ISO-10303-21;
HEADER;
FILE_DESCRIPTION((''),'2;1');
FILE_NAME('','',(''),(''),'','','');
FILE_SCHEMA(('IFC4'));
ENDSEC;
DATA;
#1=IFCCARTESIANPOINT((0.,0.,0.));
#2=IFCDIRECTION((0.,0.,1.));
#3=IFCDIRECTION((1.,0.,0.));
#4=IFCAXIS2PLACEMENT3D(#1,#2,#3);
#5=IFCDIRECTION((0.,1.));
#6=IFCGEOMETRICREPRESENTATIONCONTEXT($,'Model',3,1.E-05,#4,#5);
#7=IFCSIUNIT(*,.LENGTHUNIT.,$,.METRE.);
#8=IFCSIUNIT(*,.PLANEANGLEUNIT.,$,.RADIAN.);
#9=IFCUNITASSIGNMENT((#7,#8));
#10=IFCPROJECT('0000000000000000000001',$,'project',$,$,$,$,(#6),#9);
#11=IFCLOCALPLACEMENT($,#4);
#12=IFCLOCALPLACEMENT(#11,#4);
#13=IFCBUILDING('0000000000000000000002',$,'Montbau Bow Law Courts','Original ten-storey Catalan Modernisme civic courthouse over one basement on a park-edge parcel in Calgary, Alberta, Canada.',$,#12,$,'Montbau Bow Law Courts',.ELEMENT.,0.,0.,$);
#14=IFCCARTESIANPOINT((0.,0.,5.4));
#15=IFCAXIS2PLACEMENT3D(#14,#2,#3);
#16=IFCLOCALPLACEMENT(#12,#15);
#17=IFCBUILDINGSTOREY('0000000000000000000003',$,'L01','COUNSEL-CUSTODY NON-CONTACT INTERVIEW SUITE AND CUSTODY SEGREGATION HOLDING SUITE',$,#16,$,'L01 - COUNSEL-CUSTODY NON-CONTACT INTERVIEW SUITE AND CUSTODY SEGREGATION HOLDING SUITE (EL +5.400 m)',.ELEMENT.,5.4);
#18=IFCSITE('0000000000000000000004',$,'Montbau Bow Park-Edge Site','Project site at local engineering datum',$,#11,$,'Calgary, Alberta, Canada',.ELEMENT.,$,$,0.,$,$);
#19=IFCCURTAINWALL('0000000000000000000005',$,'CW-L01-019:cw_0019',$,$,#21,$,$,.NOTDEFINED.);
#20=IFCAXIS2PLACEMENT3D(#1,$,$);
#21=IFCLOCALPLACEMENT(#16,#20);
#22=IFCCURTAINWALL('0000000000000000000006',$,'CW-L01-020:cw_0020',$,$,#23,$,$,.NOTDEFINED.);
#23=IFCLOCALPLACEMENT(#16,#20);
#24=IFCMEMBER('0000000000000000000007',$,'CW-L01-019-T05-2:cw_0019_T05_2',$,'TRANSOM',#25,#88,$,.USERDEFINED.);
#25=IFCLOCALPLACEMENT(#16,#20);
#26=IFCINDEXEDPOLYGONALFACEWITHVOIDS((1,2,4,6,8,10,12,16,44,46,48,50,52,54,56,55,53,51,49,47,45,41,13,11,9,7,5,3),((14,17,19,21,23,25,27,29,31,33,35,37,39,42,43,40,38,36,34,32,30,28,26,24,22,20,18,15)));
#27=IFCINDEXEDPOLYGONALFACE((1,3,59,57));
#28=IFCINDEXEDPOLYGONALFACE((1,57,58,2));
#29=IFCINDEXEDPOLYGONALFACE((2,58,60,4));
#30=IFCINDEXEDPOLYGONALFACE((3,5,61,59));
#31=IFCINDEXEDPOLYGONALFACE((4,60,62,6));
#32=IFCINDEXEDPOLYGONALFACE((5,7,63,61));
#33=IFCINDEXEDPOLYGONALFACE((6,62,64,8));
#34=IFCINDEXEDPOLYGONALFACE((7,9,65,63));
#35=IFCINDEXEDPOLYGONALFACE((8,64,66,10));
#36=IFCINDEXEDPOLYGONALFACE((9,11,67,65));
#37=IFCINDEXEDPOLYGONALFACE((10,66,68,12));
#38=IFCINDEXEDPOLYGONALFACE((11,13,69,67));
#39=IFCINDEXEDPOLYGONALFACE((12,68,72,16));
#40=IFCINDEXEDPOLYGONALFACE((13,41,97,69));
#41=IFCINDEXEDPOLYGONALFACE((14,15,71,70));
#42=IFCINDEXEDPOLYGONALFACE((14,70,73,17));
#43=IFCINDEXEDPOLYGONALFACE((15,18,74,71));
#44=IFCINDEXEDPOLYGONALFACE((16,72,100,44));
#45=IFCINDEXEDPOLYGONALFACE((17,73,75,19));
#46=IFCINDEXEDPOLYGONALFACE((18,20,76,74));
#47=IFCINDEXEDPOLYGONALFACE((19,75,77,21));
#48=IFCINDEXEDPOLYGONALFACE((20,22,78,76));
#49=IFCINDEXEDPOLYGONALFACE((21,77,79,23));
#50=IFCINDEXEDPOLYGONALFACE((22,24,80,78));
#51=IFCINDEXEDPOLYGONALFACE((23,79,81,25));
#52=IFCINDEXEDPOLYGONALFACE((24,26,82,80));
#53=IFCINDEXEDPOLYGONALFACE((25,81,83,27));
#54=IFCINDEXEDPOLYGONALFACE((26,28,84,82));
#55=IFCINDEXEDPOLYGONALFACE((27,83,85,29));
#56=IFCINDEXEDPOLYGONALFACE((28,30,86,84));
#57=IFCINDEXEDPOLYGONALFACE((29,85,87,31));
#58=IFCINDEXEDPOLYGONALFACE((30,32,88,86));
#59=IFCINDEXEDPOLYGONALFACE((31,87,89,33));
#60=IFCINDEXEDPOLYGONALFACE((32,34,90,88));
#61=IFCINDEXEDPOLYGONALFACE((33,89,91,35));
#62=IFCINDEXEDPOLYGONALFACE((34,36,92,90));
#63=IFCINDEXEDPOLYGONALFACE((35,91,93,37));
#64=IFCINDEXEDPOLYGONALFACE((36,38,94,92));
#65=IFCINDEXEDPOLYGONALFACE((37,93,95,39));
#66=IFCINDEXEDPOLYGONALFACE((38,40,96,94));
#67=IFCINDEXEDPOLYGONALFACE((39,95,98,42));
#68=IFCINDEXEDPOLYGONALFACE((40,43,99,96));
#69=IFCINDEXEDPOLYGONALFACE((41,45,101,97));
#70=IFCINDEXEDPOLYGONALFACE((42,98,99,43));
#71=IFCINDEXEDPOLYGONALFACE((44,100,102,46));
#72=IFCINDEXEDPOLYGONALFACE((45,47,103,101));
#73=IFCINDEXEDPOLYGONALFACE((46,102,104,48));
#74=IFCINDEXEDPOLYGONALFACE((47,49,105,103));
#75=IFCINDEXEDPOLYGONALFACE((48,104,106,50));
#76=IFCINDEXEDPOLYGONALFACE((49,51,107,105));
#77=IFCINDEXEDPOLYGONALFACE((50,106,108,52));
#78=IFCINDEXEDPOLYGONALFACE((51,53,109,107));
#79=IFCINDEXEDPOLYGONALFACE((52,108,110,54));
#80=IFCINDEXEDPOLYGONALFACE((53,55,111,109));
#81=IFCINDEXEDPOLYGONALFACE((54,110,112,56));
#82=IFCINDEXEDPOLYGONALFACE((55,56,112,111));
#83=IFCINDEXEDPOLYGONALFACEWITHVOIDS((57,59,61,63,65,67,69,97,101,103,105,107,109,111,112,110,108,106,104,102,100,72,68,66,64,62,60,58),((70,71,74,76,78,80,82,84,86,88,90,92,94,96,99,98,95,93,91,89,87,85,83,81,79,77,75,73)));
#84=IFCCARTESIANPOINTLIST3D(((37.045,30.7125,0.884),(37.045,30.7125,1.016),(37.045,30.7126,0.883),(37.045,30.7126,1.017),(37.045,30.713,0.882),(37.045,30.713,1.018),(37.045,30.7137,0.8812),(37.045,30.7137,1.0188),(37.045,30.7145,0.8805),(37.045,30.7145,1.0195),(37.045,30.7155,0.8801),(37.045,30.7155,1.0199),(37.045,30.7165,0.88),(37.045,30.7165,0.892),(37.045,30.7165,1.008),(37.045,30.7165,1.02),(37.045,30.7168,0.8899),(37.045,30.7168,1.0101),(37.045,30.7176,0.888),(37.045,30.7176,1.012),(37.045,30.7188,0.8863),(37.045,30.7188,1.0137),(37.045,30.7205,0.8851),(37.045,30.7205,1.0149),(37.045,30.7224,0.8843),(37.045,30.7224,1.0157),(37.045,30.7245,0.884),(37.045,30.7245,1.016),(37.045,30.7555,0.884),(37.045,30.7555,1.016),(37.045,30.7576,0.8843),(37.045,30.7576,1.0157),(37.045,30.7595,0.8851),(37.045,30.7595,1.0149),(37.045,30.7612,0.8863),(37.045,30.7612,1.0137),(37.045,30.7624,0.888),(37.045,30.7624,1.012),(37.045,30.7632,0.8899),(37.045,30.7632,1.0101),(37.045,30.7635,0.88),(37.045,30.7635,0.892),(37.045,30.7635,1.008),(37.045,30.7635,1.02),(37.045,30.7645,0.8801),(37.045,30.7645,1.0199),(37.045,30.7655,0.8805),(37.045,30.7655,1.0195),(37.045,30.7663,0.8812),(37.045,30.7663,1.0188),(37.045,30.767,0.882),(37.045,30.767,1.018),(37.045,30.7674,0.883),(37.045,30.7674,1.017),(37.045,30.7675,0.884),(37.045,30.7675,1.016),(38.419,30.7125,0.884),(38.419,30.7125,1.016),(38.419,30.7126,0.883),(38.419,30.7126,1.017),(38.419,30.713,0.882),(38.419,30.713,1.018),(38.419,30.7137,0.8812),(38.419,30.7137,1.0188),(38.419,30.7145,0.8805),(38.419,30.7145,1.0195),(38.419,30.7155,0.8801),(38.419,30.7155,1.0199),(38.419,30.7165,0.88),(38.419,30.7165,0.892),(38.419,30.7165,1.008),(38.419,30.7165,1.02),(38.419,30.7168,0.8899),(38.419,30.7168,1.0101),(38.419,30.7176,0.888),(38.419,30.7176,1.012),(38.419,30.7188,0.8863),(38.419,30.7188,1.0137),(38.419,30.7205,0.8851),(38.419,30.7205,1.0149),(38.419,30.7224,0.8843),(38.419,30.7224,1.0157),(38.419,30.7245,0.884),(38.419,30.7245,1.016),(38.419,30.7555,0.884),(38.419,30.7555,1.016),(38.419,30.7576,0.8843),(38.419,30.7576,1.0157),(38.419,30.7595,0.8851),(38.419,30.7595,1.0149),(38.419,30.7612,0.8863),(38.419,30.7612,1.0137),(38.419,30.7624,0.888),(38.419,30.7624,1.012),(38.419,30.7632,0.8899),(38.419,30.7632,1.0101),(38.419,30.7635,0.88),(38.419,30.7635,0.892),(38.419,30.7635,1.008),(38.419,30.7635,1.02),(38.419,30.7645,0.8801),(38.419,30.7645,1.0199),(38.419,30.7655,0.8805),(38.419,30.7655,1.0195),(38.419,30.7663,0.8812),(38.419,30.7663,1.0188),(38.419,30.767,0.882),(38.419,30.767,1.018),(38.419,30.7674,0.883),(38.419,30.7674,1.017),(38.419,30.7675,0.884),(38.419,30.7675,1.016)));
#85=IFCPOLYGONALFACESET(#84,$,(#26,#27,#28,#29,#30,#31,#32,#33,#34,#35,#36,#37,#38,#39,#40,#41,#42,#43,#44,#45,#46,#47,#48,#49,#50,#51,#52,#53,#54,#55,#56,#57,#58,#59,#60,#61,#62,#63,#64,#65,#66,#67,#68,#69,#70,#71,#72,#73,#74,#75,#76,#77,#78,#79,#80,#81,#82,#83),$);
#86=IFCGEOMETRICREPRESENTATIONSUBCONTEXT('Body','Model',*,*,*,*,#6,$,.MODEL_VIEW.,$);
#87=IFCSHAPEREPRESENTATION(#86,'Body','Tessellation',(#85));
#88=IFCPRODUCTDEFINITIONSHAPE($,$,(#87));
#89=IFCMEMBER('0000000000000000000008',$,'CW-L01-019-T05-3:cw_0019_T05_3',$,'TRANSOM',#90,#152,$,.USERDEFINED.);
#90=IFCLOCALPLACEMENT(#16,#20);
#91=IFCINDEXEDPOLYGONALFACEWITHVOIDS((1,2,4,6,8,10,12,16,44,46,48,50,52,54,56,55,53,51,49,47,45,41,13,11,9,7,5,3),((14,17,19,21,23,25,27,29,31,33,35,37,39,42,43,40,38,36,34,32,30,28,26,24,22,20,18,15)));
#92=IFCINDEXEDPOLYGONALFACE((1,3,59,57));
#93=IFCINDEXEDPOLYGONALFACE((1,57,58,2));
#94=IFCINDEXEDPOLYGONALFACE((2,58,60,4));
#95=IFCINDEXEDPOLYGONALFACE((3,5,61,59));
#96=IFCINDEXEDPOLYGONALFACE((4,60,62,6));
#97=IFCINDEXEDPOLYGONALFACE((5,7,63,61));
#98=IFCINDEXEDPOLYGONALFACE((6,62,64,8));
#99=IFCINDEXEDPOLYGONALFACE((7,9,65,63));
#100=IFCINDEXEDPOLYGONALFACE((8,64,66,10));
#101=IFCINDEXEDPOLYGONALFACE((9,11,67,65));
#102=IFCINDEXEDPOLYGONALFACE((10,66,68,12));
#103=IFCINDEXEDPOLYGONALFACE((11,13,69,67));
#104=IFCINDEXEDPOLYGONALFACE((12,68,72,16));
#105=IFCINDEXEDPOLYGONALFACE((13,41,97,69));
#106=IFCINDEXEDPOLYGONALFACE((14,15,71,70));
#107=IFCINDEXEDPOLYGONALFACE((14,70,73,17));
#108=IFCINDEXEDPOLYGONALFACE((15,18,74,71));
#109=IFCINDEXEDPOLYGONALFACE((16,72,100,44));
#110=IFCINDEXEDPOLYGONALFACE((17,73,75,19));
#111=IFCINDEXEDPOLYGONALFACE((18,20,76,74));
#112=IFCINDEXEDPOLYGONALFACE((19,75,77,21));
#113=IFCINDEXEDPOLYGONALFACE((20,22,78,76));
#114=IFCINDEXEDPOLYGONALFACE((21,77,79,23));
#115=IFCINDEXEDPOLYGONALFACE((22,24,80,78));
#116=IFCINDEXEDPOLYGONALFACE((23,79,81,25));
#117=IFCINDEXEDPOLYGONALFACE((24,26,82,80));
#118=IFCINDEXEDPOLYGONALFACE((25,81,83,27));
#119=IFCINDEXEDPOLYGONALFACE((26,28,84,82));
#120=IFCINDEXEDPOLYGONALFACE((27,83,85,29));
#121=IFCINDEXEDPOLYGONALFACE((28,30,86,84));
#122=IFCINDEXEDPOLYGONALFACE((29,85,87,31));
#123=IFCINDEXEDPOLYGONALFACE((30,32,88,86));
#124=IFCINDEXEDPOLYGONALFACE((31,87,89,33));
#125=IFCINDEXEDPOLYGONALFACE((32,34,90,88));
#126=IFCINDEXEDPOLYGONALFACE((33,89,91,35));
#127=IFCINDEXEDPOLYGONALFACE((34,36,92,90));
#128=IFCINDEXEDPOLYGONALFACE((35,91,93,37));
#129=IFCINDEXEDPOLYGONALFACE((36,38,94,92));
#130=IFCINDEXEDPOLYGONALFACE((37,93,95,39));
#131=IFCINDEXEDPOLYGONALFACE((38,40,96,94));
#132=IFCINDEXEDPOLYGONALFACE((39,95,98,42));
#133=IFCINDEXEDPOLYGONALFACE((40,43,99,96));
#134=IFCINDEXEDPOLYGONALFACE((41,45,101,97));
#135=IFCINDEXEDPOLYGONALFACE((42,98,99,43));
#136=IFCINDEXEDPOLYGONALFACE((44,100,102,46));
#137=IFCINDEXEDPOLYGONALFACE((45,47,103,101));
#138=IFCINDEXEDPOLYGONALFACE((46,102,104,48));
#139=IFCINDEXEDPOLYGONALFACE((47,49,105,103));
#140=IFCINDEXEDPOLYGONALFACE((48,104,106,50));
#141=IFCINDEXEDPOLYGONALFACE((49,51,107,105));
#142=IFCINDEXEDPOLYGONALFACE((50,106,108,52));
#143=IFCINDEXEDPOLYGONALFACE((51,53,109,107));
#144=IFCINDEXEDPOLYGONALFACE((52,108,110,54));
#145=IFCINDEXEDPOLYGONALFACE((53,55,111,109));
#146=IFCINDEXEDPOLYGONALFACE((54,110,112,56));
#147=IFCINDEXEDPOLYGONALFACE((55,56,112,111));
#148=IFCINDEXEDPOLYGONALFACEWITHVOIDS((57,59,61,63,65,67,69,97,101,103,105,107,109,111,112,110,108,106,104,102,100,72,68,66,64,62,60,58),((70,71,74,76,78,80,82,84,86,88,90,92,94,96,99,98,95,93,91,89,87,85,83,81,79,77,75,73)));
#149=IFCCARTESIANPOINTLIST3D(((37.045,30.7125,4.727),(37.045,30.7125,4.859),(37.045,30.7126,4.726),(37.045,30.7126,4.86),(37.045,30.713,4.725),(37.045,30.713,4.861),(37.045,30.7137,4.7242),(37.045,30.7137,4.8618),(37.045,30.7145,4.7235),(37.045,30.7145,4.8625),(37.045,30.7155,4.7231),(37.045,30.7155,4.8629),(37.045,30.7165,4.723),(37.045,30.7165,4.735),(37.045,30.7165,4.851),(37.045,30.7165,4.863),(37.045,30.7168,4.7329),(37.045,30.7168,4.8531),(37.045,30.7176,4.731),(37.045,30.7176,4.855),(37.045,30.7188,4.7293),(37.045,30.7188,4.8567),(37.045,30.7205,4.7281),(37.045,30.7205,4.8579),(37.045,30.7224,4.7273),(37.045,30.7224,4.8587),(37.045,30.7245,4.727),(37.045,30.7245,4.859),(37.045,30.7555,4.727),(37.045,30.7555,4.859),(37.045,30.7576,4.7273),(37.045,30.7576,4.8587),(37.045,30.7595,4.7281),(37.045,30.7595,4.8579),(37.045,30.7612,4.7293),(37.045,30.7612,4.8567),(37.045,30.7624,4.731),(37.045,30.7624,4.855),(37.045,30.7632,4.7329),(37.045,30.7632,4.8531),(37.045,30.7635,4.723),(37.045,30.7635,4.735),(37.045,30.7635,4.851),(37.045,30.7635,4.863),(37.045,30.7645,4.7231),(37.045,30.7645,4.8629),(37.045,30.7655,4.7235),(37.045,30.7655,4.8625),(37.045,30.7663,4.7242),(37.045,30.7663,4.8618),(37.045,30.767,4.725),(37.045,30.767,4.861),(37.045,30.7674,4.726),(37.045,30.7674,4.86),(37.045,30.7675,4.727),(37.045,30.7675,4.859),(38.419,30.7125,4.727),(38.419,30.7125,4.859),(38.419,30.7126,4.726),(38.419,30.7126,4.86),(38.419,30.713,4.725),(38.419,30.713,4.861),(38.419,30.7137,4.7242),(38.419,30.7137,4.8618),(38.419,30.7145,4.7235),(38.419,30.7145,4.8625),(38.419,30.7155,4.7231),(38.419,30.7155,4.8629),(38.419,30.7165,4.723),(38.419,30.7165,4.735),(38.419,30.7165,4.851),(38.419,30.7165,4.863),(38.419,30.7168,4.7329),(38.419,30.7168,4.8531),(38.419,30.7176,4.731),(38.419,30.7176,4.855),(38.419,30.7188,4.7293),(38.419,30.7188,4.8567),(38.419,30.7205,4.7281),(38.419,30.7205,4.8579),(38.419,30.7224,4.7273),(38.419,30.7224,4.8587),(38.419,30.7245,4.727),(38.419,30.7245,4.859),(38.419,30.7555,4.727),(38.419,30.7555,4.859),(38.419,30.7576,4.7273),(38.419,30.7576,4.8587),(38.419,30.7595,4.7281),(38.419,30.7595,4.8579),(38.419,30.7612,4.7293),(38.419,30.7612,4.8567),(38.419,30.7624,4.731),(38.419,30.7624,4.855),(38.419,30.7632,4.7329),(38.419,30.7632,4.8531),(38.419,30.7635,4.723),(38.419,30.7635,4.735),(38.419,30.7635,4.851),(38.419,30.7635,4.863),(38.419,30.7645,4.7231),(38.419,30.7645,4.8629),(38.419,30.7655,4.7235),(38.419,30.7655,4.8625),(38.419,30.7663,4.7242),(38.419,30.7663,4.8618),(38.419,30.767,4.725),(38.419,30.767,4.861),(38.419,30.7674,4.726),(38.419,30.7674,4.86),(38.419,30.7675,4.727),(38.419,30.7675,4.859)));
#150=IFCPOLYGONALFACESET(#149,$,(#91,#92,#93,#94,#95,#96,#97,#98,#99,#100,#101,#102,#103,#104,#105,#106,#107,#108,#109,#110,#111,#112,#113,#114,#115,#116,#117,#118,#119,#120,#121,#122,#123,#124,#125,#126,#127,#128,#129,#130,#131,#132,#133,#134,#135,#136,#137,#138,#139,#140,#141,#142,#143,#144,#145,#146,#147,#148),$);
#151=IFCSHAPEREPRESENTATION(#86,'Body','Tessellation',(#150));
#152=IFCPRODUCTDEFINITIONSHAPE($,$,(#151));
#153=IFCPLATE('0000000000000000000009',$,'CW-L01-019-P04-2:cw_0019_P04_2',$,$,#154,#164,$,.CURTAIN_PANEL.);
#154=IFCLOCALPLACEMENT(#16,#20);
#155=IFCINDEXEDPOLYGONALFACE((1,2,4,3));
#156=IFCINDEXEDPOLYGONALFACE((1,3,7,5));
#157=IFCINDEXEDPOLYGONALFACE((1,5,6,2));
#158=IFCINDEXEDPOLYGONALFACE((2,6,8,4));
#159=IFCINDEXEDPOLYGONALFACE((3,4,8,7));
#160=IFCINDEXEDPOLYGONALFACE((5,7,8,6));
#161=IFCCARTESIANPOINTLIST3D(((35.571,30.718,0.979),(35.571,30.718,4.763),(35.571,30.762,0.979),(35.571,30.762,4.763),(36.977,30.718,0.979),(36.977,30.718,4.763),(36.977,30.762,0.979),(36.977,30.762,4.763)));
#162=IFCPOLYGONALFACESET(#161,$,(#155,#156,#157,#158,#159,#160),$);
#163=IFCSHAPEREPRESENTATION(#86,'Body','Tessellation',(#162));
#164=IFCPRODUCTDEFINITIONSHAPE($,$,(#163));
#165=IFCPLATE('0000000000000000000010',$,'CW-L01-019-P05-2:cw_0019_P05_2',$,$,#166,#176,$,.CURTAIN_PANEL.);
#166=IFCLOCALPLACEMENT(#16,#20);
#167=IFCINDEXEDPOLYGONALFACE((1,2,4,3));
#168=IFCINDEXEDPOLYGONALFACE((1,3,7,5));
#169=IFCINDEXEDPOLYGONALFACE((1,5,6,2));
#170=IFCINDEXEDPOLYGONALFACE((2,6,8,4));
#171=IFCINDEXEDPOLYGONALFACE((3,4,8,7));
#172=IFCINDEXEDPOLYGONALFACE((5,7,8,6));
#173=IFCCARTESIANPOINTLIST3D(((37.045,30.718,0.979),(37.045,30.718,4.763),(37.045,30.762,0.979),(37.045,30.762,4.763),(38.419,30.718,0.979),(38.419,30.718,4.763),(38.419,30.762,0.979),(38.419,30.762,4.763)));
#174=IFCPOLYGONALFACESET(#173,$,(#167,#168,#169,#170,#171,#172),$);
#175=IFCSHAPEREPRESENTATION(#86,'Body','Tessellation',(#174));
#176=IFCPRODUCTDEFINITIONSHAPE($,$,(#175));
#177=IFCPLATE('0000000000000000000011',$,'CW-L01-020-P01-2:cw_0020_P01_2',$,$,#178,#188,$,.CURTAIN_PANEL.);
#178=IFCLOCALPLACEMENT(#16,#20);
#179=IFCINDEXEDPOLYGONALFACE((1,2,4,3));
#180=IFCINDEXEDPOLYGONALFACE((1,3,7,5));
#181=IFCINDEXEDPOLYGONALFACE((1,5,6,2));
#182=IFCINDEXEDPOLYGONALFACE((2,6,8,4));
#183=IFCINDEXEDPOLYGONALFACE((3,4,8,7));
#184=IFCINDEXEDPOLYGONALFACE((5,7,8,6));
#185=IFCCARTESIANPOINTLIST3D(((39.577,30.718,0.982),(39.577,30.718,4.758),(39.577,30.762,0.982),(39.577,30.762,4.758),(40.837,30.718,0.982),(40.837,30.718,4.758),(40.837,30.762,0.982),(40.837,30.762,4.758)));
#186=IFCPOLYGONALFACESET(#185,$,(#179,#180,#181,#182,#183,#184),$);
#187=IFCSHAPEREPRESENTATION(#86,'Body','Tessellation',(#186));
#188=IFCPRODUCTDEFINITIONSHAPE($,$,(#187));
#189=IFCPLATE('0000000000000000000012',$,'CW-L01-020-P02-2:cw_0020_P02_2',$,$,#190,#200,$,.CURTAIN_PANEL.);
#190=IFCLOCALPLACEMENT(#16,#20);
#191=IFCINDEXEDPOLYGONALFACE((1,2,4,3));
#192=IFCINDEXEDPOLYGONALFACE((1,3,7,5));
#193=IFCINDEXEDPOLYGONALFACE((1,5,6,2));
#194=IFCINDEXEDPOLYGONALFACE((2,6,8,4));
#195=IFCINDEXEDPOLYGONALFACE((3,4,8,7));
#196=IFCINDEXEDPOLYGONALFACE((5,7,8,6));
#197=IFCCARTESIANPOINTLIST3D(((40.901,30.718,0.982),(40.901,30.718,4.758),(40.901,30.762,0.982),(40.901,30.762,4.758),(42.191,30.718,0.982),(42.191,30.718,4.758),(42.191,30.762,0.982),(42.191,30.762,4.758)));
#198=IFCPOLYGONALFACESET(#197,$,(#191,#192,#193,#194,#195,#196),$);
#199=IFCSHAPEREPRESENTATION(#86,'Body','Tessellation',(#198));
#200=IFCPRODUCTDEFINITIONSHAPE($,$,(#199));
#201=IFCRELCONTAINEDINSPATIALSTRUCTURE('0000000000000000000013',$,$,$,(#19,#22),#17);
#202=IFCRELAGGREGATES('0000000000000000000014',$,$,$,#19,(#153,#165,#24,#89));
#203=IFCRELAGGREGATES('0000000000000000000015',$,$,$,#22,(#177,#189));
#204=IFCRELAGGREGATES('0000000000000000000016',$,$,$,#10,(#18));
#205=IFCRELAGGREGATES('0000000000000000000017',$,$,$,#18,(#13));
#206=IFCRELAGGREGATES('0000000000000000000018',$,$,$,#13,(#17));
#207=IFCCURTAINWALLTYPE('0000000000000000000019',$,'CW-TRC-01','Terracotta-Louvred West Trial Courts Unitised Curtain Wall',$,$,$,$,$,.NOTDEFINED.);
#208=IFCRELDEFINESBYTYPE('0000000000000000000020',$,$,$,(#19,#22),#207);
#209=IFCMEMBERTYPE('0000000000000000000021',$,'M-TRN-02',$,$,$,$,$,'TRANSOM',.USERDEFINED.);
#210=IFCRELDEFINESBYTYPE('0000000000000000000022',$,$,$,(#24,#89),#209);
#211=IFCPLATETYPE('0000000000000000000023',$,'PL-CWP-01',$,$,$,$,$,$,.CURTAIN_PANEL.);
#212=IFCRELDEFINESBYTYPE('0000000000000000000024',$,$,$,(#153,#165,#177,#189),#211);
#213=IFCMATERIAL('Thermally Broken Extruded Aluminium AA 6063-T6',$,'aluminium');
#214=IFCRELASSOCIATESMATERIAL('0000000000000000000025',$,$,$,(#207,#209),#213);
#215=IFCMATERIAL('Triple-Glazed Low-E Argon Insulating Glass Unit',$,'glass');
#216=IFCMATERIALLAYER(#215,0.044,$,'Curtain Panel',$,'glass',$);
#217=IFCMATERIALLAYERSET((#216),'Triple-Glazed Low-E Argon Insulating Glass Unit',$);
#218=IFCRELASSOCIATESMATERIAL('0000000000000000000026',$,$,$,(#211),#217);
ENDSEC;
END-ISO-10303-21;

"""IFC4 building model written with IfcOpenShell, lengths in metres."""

from ifc_helpers import new_model, si_unit, direction, frame, frame_2d, origin_with_axes, origin_2d_with_axis, place, context, subcontext, project, spatial, rectangle, hollow_rectangle, extrude, material, layer, layer_set, material_profile, profile_set, type_object, element, aggregate, save


model = new_model("IFC4")

# Units and contexts
model_context = context("Model", 3, precision=1e-05, world=origin_with_axes(), true_north=direction((0.0, 1.0)))
body_context = subcontext(model_context, "Body", "Model", "MODEL_VIEW")
ifc_project = project(units=[si_unit("LENGTHUNIT", "METRE"), si_unit("PLANEANGLEUNIT", "RADIAN")], contexts=[model_context])

# Site, building, storey
site_placement = place(None, origin_with_axes())
site = spatial("IfcSite", under=ifc_project, at=site_placement, Name="Montbau Bow Park-Edge Site", Description="Project site at local engineering datum", LongName="Calgary, Alberta, Canada", CompositionType="ELEMENT", RefElevation=0.0)
building_placement = place(site_placement, origin_with_axes())
building = spatial("IfcBuilding", under=site, at=building_placement, Name="Montbau Bow Law Courts", Description="Original ten-storey Catalan Modernisme civic courthouse over one basement on a park-edge parcel in Calgary, Alberta, Canada.", LongName="Montbau Bow Law Courts", CompositionType="ELEMENT", ElevationOfRefHeight=0.0, ElevationOfTerrain=0.0)
storey_placement = place(building_placement, frame((0.0, 0.0, 5.4), z_axis=(0.0, 0.0, 1.0), x_axis=(1.0, 0.0, 0.0)))
storey = spatial("IfcBuildingStorey", under=building, at=storey_placement, Name="L01", Description="COUNSEL-CUSTODY NON-CONTACT INTERVIEW SUITE AND CUSTODY SEGREGATION HOLDING SUITE", LongName="L01 - COUNSEL-CUSTODY NON-CONTACT INTERVIEW SUITE AND CUSTODY SEGREGATION HOLDING SUITE (EL +5.400 m)", CompositionType="ELEMENT", Elevation=5.4)

# Curtain walls
ifc_material_1 = material(Name="Thermally Broken Extruded Aluminium AA 6063-T6", Category="aluminium")
curtain_wall_type = type_object("IfcCurtainWallType", Name="CW-TRC-01", Description="Terracotta-Louvred West Trial Courts Unitised Curtain Wall", PredefinedType="NOTDEFINED", material=ifc_material_1)
curtain_wall_1_placement = place(None, frame((31.115, 30.74, 5.4), z_axis=(0.0, 0.0, 1.0), x_axis=(1.0, 0.0, 0.0)))
curtain_wall_1 = element("IfcCurtainWall", 1, at=curtain_wall_1_placement, inside=storey, type_object=curtain_wall_type, Name="CW-L01-019:cw_0019", PredefinedType="NOTDEFINED")
curtain_wall_2_placement = place(None, frame((39.515, 30.74, 5.4), z_axis=(0.0, 0.0, 1.0), x_axis=(1.0, 0.0, 0.0)))
curtain_wall_2 = element("IfcCurtainWall", 2, at=curtain_wall_2_placement, inside=storey, type_object=curtain_wall_type, Name="CW-L01-020:cw_0020", PredefinedType="NOTDEFINED")

# Members
ifc_material_profile_1 = material_profile(ifc_material_1, hollow_rectangle(XDim=0.055, YDim=0.14, WallThickness=0.004, InnerFilletRadius=0.008, OuterFilletRadius=0.004, at=origin_2d_with_axis()), Name="CWT-140X55", Category="Main", Priority=0)
ifc_profile_set_1 = profile_set([ifc_material_profile_1], Name="Thermally Broken Extruded Aluminium AA 6063-T6")
member_type_1 = type_object("IfcMemberType", Name="M-TRN-02", ElementType="TRANSOM", PredefinedType="USERDEFINED", material=ifc_profile_set_1)
member_1_placement = place(None, frame((37.045, 30.74, 6.35), z_axis=(1.0, 0.0, 0.0), x_axis=(0.0, 1.0, 0.0)))
member_1 = element("IfcMember", 3, at=member_1_placement, type_object=member_type_1, Name="CW-L01-019-T05-2:cw_0019_T05_2", ObjectType="TRANSOM", PredefinedType="USERDEFINED", context=body_context, shape_type="SweptSolid", body=[
    extrude(hollow_rectangle(XDim=0.055, YDim=0.14, WallThickness=0.004, InnerFilletRadius=0.008, OuterFilletRadius=0.004, at=origin_2d_with_axis()), origin_with_axes(), (0.0, 0.0, 1.0), 1.374),
])
member_2_placement = place(None, frame((37.045, 30.74, 10.193), z_axis=(1.0, 0.0, 0.0), x_axis=(0.0, 1.0, 0.0)))
member_2 = element("IfcMember", 4, at=member_2_placement, type_object=member_type_1, Name="CW-L01-019-T05-3:cw_0019_T05_3", ObjectType="TRANSOM", PredefinedType="USERDEFINED", context=body_context, shape_type="SweptSolid", body=[
    extrude(hollow_rectangle(XDim=0.055, YDim=0.14, WallThickness=0.004, InnerFilletRadius=0.008, OuterFilletRadius=0.004, at=origin_2d_with_axis()), origin_with_axes(), (0.0, 0.0, 1.0), 1.374),
])

# Plates
ifc_material_2 = material(Name="Triple-Glazed Low-E Argon Insulating Glass Unit", Category="glass")
ifc_layer_1 = layer(ifc_material_2, 0.044, Name="Curtain Panel", Category="glass")
ifc_layer_set_1 = layer_set([ifc_layer_1], Name="Triple-Glazed Low-E Argon Insulating Glass Unit")
plate_type_1 = type_object("IfcPlateType", Name="PL-CWP-01", PredefinedType="CURTAIN_PANEL", material=ifc_layer_set_1)
plate_1_placement = place(None, frame((35.571, 30.74, 6.379), z_axis=(0.0, -1.0, 0.0), x_axis=(1.0, 0.0, 0.0)))
plate_1 = element("IfcPlate", 5, at=plate_1_placement, type_object=plate_type_1, Name="CW-L01-019-P04-2:cw_0019_P04_2", PredefinedType="CURTAIN_PANEL", context=body_context, shape_type="SweptSolid", body=[
    extrude(rectangle(XDim=1.406, YDim=3.784, at=frame_2d((0.703, 1.892), x_axis=(1.0, 0.0))), frame((0.0, 0.0, -0.022), z_axis=(0.0, 0.0, 1.0), x_axis=(1.0, 0.0, 0.0)), (0.0, 0.0, 1.0), 0.044),
])
plate_2_placement = place(None, frame((37.045, 30.74, 6.379), z_axis=(0.0, -1.0, 0.0), x_axis=(1.0, 0.0, 0.0)))
plate_2 = element("IfcPlate", 6, at=plate_2_placement, type_object=plate_type_1, Name="CW-L01-019-P05-2:cw_0019_P05_2", PredefinedType="CURTAIN_PANEL", context=body_context, shape_type="SweptSolid", body=[
    extrude(rectangle(XDim=1.374, YDim=3.784, at=frame_2d((0.687, 1.892), x_axis=(1.0, 0.0))), frame((0.0, 0.0, -0.022), z_axis=(0.0, 0.0, 1.0), x_axis=(1.0, 0.0, 0.0)), (0.0, 0.0, 1.0), 0.044),
])
plate_3_placement = place(None, frame((39.577, 30.74, 6.382), z_axis=(0.0, -1.0, 0.0), x_axis=(1.0, 0.0, 0.0)))
plate_3 = element("IfcPlate", 7, at=plate_3_placement, type_object=plate_type_1, Name="CW-L01-020-P01-2:cw_0020_P01_2", PredefinedType="CURTAIN_PANEL", context=body_context, shape_type="SweptSolid", body=[
    extrude(rectangle(XDim=1.26, YDim=3.776, at=frame_2d((0.63, 1.888), x_axis=(1.0, 0.0))), frame((0.0, 0.0, -0.022), z_axis=(0.0, 0.0, 1.0), x_axis=(1.0, 0.0, 0.0)), (0.0, 0.0, 1.0), 0.044),
])
plate_4_placement = place(None, frame((40.901, 30.74, 6.382), z_axis=(0.0, -1.0, 0.0), x_axis=(1.0, 0.0, 0.0)))
plate_4 = element("IfcPlate", 8, at=plate_4_placement, type_object=plate_type_1, Name="CW-L01-020-P02-2:cw_0020_P02_2", PredefinedType="CURTAIN_PANEL", context=body_context, shape_type="SweptSolid", body=[
    extrude(rectangle(XDim=1.29, YDim=3.776, at=frame_2d((0.645, 1.888), x_axis=(1.0, 0.0))), frame((0.0, 0.0, -0.022), z_axis=(0.0, 0.0, 1.0), x_axis=(1.0, 0.0, 0.0)), (0.0, 0.0, 1.0), 0.044),
])
aggregate(curtain_wall_1, [plate_1, plate_2, member_1, member_2])
aggregate(curtain_wall_2, [plate_3, plate_4])

save(model, "model.ifc")
